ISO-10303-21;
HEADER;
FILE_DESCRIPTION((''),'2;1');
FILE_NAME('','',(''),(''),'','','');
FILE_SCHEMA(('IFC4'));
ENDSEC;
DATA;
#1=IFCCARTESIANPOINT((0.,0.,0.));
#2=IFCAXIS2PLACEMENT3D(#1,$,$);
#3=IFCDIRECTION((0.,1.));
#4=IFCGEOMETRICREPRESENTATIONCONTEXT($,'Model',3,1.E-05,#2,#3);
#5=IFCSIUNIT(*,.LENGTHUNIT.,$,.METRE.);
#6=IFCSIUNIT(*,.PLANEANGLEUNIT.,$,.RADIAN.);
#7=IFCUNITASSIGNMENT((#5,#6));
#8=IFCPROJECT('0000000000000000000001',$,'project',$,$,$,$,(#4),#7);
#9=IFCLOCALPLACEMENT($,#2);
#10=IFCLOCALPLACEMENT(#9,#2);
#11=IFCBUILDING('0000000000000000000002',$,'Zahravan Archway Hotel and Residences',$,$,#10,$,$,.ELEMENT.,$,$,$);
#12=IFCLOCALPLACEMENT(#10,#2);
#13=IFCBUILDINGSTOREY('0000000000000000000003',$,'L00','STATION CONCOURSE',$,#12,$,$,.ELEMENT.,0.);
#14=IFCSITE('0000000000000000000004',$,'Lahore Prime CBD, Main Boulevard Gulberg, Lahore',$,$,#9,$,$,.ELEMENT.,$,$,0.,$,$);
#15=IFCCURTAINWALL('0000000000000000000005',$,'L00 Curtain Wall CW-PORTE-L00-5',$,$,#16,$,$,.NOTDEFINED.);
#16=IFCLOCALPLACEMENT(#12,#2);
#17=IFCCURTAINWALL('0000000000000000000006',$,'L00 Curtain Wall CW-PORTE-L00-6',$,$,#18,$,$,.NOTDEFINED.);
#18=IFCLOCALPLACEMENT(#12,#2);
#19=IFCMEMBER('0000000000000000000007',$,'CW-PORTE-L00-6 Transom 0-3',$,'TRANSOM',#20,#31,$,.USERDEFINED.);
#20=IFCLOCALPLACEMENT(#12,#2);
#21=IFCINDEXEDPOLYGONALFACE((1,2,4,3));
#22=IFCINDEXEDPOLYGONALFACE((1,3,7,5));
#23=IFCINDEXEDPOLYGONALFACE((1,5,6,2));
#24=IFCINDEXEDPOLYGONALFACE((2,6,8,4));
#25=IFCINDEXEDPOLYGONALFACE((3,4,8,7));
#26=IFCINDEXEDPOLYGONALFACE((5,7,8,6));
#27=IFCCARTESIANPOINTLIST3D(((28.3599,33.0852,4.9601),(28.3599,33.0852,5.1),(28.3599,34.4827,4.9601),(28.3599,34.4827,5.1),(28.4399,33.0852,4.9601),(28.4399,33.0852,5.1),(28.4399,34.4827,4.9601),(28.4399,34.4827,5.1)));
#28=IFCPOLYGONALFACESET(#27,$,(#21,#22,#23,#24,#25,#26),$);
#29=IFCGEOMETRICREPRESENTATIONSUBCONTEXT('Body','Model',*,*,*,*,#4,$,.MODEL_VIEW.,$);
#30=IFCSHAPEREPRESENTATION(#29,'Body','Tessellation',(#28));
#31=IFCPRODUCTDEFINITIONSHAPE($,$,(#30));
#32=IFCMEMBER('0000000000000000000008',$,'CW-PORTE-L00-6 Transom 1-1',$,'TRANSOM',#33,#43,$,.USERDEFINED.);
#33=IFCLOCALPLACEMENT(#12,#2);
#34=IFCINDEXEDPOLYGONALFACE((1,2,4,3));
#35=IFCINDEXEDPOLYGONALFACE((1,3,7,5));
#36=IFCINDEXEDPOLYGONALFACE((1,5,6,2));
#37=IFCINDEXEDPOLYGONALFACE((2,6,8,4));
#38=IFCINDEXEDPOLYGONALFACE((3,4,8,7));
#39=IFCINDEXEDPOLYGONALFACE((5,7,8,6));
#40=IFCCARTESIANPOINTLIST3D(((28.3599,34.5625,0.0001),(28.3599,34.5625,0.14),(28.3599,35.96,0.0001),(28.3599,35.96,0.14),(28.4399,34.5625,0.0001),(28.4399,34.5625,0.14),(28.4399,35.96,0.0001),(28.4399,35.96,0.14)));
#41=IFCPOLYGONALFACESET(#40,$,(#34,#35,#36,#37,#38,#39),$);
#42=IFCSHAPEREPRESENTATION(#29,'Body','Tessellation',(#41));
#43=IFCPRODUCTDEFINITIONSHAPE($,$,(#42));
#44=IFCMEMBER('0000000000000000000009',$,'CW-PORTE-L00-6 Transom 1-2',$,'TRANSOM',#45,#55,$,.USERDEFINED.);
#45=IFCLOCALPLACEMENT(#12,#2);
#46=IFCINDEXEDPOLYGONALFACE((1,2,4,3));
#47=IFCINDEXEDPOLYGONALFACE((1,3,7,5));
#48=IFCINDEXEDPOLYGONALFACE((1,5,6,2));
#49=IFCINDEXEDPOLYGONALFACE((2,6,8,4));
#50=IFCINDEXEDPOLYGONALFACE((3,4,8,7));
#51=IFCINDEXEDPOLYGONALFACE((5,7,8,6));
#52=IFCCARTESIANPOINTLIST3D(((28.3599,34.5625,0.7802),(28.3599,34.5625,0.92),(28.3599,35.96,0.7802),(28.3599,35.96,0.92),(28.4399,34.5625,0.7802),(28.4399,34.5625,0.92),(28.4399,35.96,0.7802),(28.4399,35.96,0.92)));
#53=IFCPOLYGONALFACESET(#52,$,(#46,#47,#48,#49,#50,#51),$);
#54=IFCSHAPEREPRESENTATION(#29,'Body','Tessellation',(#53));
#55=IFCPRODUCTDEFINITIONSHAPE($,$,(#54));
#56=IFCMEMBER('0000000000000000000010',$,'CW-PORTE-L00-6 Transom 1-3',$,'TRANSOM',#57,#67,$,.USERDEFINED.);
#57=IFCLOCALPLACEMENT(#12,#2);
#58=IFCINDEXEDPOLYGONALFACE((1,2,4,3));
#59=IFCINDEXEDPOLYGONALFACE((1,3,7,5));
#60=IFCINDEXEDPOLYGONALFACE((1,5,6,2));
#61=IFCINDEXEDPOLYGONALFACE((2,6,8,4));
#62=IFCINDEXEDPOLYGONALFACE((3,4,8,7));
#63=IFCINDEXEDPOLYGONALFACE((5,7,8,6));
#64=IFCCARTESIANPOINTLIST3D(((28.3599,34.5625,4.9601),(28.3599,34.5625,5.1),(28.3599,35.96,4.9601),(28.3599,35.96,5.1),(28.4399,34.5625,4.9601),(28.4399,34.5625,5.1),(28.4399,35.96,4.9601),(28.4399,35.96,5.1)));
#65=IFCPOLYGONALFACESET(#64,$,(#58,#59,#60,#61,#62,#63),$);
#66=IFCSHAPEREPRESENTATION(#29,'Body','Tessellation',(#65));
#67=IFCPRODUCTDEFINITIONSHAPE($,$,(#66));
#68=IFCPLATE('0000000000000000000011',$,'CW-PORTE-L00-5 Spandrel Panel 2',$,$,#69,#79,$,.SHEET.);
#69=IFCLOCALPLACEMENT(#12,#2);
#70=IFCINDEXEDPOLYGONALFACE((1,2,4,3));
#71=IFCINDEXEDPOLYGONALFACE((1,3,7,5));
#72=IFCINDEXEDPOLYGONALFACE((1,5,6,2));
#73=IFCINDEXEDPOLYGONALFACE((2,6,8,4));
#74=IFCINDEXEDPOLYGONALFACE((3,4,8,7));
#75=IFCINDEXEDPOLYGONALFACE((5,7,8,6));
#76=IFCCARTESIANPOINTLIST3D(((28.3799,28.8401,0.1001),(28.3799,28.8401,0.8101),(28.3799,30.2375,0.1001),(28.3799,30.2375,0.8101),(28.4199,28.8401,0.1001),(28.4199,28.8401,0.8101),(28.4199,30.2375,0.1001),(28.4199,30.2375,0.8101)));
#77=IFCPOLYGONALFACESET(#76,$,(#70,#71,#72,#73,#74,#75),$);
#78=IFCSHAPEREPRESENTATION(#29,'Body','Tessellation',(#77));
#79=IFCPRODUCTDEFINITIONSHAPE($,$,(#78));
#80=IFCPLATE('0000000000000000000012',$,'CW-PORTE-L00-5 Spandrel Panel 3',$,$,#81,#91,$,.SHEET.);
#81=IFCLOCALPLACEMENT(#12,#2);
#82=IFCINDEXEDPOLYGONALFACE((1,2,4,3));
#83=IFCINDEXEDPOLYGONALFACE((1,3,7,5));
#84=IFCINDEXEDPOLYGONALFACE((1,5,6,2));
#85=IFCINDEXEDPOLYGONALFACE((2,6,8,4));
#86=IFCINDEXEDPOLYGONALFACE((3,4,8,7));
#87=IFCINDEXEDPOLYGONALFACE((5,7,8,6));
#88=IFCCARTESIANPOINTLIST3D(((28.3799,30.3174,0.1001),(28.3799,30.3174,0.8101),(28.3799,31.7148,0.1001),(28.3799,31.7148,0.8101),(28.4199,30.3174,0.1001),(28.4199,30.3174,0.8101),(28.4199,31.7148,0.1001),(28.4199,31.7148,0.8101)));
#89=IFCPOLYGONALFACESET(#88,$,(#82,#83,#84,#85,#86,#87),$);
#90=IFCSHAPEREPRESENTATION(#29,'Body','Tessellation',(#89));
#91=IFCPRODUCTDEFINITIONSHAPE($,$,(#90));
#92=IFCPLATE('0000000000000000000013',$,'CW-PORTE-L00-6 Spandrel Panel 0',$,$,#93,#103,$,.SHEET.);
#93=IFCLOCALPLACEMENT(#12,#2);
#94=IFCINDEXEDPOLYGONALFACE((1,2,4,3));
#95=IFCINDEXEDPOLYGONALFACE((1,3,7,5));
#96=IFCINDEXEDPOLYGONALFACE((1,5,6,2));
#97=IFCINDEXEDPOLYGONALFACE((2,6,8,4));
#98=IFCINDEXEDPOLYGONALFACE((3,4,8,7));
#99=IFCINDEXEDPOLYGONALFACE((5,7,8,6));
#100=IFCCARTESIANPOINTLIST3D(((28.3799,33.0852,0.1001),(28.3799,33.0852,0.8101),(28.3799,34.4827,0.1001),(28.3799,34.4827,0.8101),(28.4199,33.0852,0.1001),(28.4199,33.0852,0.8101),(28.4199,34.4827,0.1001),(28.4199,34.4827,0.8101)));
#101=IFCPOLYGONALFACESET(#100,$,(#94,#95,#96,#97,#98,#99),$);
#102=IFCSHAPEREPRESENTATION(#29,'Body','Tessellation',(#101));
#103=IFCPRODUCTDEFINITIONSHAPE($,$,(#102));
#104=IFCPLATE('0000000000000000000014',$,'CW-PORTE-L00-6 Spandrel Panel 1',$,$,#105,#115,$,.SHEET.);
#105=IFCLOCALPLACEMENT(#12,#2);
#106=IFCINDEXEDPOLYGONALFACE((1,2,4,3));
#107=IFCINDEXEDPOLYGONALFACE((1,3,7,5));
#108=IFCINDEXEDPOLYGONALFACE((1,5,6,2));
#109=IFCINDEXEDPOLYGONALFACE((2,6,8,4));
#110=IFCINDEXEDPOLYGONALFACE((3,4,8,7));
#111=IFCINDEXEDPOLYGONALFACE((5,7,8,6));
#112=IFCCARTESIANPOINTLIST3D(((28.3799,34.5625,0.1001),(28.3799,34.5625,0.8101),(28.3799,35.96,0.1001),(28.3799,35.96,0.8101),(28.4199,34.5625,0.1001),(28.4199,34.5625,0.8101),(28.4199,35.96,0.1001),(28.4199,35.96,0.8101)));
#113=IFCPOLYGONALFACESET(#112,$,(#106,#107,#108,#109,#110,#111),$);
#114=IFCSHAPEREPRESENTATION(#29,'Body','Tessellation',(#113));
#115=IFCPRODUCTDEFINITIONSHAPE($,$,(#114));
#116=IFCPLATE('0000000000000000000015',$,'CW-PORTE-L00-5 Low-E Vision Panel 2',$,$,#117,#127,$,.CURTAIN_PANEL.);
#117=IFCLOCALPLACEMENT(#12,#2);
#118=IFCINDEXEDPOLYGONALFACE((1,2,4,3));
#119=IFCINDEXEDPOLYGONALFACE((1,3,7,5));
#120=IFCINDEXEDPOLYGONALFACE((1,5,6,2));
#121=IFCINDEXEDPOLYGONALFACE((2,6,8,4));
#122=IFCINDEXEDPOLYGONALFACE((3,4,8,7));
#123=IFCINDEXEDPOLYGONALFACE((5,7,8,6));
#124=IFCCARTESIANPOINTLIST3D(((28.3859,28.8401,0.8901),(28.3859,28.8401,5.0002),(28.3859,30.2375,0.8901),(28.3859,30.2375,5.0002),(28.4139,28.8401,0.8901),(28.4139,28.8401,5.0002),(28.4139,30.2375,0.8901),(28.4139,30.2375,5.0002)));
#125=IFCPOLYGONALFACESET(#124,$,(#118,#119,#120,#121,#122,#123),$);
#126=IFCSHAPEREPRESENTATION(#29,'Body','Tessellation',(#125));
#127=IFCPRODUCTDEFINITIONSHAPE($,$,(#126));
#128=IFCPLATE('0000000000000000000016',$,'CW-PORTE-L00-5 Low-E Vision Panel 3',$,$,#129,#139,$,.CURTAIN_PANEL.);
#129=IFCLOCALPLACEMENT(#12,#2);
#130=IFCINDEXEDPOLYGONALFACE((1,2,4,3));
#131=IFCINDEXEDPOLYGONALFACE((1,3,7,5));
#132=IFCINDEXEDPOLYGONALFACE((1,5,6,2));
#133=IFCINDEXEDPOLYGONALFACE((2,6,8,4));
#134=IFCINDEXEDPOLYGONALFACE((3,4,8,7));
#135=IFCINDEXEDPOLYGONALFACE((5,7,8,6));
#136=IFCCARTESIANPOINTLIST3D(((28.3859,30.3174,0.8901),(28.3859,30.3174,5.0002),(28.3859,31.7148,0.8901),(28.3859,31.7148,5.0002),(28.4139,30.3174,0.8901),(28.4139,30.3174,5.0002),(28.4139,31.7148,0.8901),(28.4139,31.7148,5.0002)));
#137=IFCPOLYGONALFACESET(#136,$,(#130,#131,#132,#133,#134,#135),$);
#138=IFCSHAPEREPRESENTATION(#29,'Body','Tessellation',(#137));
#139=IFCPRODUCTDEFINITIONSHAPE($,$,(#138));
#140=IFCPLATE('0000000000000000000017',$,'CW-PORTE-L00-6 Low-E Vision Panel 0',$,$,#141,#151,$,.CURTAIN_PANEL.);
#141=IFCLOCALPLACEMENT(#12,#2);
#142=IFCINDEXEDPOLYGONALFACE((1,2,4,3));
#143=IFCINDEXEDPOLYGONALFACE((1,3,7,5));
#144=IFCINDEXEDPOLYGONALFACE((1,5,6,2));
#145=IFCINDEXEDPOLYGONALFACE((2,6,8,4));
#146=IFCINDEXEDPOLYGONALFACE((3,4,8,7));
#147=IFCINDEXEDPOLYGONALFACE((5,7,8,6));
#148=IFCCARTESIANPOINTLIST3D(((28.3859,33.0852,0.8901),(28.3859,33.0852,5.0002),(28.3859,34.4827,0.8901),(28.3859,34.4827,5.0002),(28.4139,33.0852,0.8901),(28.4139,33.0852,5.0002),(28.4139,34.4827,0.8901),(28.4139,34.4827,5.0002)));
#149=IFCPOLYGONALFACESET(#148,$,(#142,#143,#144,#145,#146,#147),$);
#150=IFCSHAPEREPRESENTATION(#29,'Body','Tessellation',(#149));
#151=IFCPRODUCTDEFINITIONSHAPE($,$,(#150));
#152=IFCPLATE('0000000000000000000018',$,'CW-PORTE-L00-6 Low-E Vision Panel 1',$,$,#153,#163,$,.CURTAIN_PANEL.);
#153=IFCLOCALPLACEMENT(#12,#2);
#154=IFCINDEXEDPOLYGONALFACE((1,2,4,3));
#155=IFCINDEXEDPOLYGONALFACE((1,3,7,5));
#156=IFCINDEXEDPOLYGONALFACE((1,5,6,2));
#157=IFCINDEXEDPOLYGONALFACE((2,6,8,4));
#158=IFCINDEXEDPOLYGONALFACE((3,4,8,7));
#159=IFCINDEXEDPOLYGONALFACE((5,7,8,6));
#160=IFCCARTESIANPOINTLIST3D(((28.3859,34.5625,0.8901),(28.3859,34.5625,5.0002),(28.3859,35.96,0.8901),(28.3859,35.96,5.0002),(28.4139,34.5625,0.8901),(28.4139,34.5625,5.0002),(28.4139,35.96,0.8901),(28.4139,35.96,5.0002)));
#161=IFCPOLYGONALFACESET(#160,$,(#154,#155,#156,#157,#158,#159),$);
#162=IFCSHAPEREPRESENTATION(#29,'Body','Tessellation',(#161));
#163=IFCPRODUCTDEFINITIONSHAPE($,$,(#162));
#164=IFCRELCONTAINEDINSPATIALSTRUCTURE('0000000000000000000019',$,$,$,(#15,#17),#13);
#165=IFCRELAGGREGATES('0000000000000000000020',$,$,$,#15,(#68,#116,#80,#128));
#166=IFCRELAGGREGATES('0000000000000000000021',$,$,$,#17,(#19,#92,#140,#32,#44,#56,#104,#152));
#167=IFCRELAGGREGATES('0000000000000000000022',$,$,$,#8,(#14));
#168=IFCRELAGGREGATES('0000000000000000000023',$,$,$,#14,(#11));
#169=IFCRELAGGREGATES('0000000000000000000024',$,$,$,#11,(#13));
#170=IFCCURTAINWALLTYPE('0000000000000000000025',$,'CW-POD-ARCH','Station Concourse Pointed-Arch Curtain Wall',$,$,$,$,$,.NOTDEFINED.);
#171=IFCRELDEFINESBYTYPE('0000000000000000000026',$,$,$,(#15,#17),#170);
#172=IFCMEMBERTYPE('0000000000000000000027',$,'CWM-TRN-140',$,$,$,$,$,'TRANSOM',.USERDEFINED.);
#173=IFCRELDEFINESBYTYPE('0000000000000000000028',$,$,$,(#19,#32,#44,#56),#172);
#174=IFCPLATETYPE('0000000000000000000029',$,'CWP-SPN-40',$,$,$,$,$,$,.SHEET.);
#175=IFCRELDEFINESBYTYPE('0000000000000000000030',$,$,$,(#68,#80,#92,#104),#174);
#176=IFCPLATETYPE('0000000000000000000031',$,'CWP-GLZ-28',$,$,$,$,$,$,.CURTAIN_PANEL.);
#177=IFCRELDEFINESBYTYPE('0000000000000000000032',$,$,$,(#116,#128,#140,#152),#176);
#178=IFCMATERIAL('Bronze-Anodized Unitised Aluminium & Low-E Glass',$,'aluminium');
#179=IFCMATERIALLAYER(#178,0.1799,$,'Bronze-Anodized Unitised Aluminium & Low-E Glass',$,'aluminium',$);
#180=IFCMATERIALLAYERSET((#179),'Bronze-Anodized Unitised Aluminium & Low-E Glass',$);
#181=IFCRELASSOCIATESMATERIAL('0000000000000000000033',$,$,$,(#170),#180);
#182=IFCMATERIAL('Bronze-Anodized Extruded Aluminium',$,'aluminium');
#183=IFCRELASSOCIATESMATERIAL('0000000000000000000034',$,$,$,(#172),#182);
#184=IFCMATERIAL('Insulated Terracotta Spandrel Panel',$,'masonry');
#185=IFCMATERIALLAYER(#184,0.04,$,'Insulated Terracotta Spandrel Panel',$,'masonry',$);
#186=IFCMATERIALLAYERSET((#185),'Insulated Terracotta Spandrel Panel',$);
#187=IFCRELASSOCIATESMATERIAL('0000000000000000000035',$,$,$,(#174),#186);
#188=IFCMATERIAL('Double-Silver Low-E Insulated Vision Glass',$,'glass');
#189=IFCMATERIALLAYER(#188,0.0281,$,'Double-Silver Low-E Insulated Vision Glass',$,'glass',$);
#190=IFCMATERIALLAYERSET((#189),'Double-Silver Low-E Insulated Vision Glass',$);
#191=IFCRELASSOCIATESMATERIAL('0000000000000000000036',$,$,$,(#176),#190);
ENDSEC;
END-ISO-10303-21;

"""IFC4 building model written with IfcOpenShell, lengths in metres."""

from ifc_helpers import new_model, si_unit, direction, frame, origin, origin_2d, place, context, subcontext, project, spatial, rectangle, extrude, source, transform, mapped, material, layer, layer_set, material_profile, profile_set, type_object, element, aggregate, save


model = new_model("IFC4")

# Units and contexts
model_context = context("Model", 3, precision=1e-05, world=origin(), true_north=direction((0.0, 1.0)))
body_context = subcontext(model_context, "Body", "Model", "MODEL_VIEW")
ifc_project = project(units=[si_unit("LENGTHUNIT", "METRE"), si_unit("PLANEANGLEUNIT", "RADIAN")], contexts=[model_context])

# Site, building, storey
site_placement = place(None, origin())
site = spatial("IfcSite", under=ifc_project, at=site_placement, Name="Lahore Prime CBD, Main Boulevard Gulberg, Lahore", CompositionType="ELEMENT", RefElevation=0.0)
building_placement = place(site_placement, origin())
building = spatial("IfcBuilding", under=site, at=building_placement, Name="Zahravan Archway Hotel and Residences", CompositionType="ELEMENT")
storey_placement = place(building_placement, origin())
storey = spatial("IfcBuildingStorey", under=building, at=storey_placement, Name="L00", Description="STATION CONCOURSE", CompositionType="ELEMENT", Elevation=0.0)

# Curtain walls
ifc_material_1 = material(Name="Bronze-Anodized Unitised Aluminium & Low-E Glass", Category="aluminium")
ifc_layer_1 = layer(ifc_material_1, 0.1799, Name="Bronze-Anodized Unitised Aluminium & Low-E Glass", Category="aluminium")
ifc_layer_set_1 = layer_set([ifc_layer_1], Name="Bronze-Anodized Unitised Aluminium & Low-E Glass")
curtain_wall_type = type_object("IfcCurtainWallType", Name="CW-POD-ARCH", Description="Station Concourse Pointed-Arch Curtain Wall", PredefinedType="NOTDEFINED", material=ifc_layer_set_1)
curtain_wall_1_placement = place(storey_placement, origin())
curtain_wall_1 = element("IfcCurtainWall", 1, at=curtain_wall_1_placement, inside=storey, type_object=curtain_wall_type, Name="L00 Curtain Wall CW-PORTE-L00-5", PredefinedType="NOTDEFINED")
ifc_material_2 = material(Name="Bronze-Anodized Extruded Aluminium", Category="aluminium")
curtain_wall_2_placement = place(storey_placement, origin())
curtain_wall_2 = element("IfcCurtainWall", 2, at=curtain_wall_2_placement, inside=storey, type_object=curtain_wall_type, Name="L00 Curtain Wall CW-PORTE-L00-6", PredefinedType="NOTDEFINED")

# Members
ifc_material_profile_1 = material_profile(ifc_material_2, rectangle(XDim=0.0801, YDim=0.1399, at=origin_2d()), Name="TRN 80x140", Category="aluminium")
ifc_profile_set_1 = profile_set([ifc_material_profile_1], Name="Bronze-Anodized Extruded Aluminium")
member_type_1 = type_object("IfcMemberType", Name="CWM-TRN-140", ElementType="TRANSOM", PredefinedType="USERDEFINED", material=ifc_profile_set_1)
shared_shape_1 = source(origin(), body_context, "Body", "SweptSolid", [
    extrude(rectangle(XDim=0.0801, YDim=0.1399, at=origin_2d()), origin(), (0.0, 0.0, 1.0), 1.3975),
])
member_1_placement = place(storey_placement, frame((28.3999, 33.0852, 5.03), z_axis=(0.0, 1.0, 0.0), x_axis=(-1.0, 0.0, 0.0)))
member_1 = element("IfcMember", 3, at=member_1_placement, type_object=member_type_1, Name="CW-PORTE-L00-6 Transom 0-3", ObjectType="TRANSOM", PredefinedType="USERDEFINED", context=body_context, shape_type="MappedRepresentation", body=[
    mapped(shared_shape_1, transform((0.0, 0.0, 0.0), scale=1.0)),
])
member_2_placement = place(storey_placement, frame((28.3999, 34.5625, 0.0701), z_axis=(0.0, 1.0, 0.0), x_axis=(-1.0, 0.0, 0.0)))
member_2 = element("IfcMember", 4, at=member_2_placement, type_object=member_type_1, Name="CW-PORTE-L00-6 Transom 1-1", ObjectType="TRANSOM", PredefinedType="USERDEFINED", context=body_context, shape_type="MappedRepresentation", body=[
    mapped(shared_shape_1, transform((0.0, 0.0, 0.0), scale=1.0)),
])
member_3_placement = place(storey_placement, frame((28.3999, 34.5625, 0.8501), z_axis=(0.0, 1.0, 0.0), x_axis=(-1.0, 0.0, 0.0)))
member_3 = element("IfcMember", 5, at=member_3_placement, type_object=member_type_1, Name="CW-PORTE-L00-6 Transom 1-2", ObjectType="TRANSOM", PredefinedType="USERDEFINED", context=body_context, shape_type="MappedRepresentation", body=[
    mapped(shared_shape_1, transform((0.0, 0.0, 0.0), scale=1.0)),
])
member_4_placement = place(storey_placement, frame((28.3999, 34.5625, 5.03), z_axis=(0.0, 1.0, 0.0), x_axis=(-1.0, 0.0, 0.0)))
member_4 = element("IfcMember", 6, at=member_4_placement, type_object=member_type_1, Name="CW-PORTE-L00-6 Transom 1-3", ObjectType="TRANSOM", PredefinedType="USERDEFINED", context=body_context, shape_type="MappedRepresentation", body=[
    mapped(shared_shape_1, transform((0.0, 0.0, 0.0), scale=1.0)),
])

# Plates
ifc_material_3 = material(Name="Insulated Terracotta Spandrel Panel", Category="masonry")
ifc_layer_2 = layer(ifc_material_3, 0.04, Name="Insulated Terracotta Spandrel Panel", Category="masonry")
ifc_layer_set_2 = layer_set([ifc_layer_2], Name="Insulated Terracotta Spandrel Panel")
plate_type_1 = type_object("IfcPlateType", Name="CWP-SPN-40", PredefinedType="SHEET", material=ifc_layer_set_2)
shared_shape_2 = source(origin(), body_context, "Body", "SweptSolid", [
    extrude(rectangle(XDim=1.3975, YDim=0.04, at=origin_2d()), origin(), (0.0, 0.0, 1.0), 0.71),
])
plate_1_placement = place(storey_placement, frame((28.3999, 29.5388, 0.1001), z_axis=(0.0, 0.0, 1.0), x_axis=(0.0, 1.0, 0.0)))
plate_1 = element("IfcPlate", 7, at=plate_1_placement, type_object=plate_type_1, Name="CW-PORTE-L00-5 Spandrel Panel 2", PredefinedType="SHEET", context=body_context, shape_type="MappedRepresentation", body=[
    mapped(shared_shape_2, transform((0.0, 0.0, 0.0), scale=1.0)),
])
plate_2_placement = place(storey_placement, frame((28.3999, 31.0161, 0.1001), z_axis=(0.0, 0.0, 1.0), x_axis=(0.0, 1.0, 0.0)))
plate_2 = element("IfcPlate", 8, at=plate_2_placement, type_object=plate_type_1, Name="CW-PORTE-L00-5 Spandrel Panel 3", PredefinedType="SHEET", context=body_context, shape_type="MappedRepresentation", body=[
    mapped(shared_shape_2, transform((0.0, 0.0, 0.0), scale=1.0)),
])
plate_3_placement = place(storey_placement, frame((28.3999, 33.7839, 0.1001), z_axis=(0.0, 0.0, 1.0), x_axis=(0.0, 1.0, 0.0)))
plate_3 = element("IfcPlate", 9, at=plate_3_placement, type_object=plate_type_1, Name="CW-PORTE-L00-6 Spandrel Panel 0", PredefinedType="SHEET", context=body_context, shape_type="MappedRepresentation", body=[
    mapped(shared_shape_2, transform((0.0, 0.0, 0.0), scale=1.0)),
])
plate_4_placement = place(storey_placement, frame((28.3999, 35.2612, 0.1001), z_axis=(0.0, 0.0, 1.0), x_axis=(0.0, 1.0, 0.0)))
plate_4 = element("IfcPlate", 10, at=plate_4_placement, type_object=plate_type_1, Name="CW-PORTE-L00-6 Spandrel Panel 1", PredefinedType="SHEET", context=body_context, shape_type="MappedRepresentation", body=[
    mapped(shared_shape_2, transform((0.0, 0.0, 0.0), scale=1.0)),
])
ifc_material_4 = material(Name="Double-Silver Low-E Insulated Vision Glass", Category="glass")
ifc_layer_3 = layer(ifc_material_4, 0.0281, Name="Double-Silver Low-E Insulated Vision Glass", Category="glass")
ifc_layer_set_3 = layer_set([ifc_layer_3], Name="Double-Silver Low-E Insulated Vision Glass")
plate_type_2 = type_object("IfcPlateType", Name="CWP-GLZ-28", PredefinedType="CURTAIN_PANEL", material=ifc_layer_set_3)
shared_shape_3 = source(origin(), body_context, "Body", "SweptSolid", [
    extrude(rectangle(XDim=1.3975, YDim=0.0281, at=origin_2d()), origin(), (0.0, 0.0, 1.0), 4.1101),
])
plate_5_placement = place(storey_placement, frame((28.3999, 29.5388, 0.8901), z_axis=(0.0, 0.0, 1.0), x_axis=(0.0, 1.0, 0.0)))
plate_5 = element("IfcPlate", 11, at=plate_5_placement, type_object=plate_type_2, Name="CW-PORTE-L00-5 Low-E Vision Panel 2", PredefinedType="CURTAIN_PANEL", context=body_context, shape_type="MappedRepresentation", body=[
    mapped(shared_shape_3, transform((0.0, 0.0, 0.0), scale=1.0)),
])
plate_6_placement = place(storey_placement, frame((28.3999, 31.0161, 0.8901), z_axis=(0.0, 0.0, 1.0), x_axis=(0.0, 1.0, 0.0)))
plate_6 = element("IfcPlate", 12, at=plate_6_placement, type_object=plate_type_2, Name="CW-PORTE-L00-5 Low-E Vision Panel 3", PredefinedType="CURTAIN_PANEL", context=body_context, shape_type="MappedRepresentation", body=[
    mapped(shared_shape_3, transform((0.0, 0.0, 0.0), scale=1.0)),
])
aggregate(curtain_wall_1, [plate_1, plate_5, plate_2, plate_6])
plate_7_placement = place(storey_placement, frame((28.3999, 33.7839, 0.8901), z_axis=(0.0, 0.0, 1.0), x_axis=(0.0, 1.0, 0.0)))
plate_7 = element("IfcPlate", 13, at=plate_7_placement, type_object=plate_type_2, Name="CW-PORTE-L00-6 Low-E Vision Panel 0", PredefinedType="CURTAIN_PANEL", context=body_context, shape_type="MappedRepresentation", body=[
    mapped(shared_shape_3, transform((0.0, 0.0, 0.0), scale=1.0)),
])
plate_8_placement = place(storey_placement, frame((28.3999, 35.2612, 0.8901), z_axis=(0.0, 0.0, 1.0), x_axis=(0.0, 1.0, 0.0)))
plate_8 = element("IfcPlate", 14, at=plate_8_placement, type_object=plate_type_2, Name="CW-PORTE-L00-6 Low-E Vision Panel 1", PredefinedType="CURTAIN_PANEL", context=body_context, shape_type="MappedRepresentation", body=[
    mapped(shared_shape_3, transform((0.0, 0.0, 0.0), scale=1.0)),
])
aggregate(curtain_wall_2, [member_1, plate_3, plate_7, member_2, member_3, member_4, plate_4, plate_8])

save(model, "model.ifc")
